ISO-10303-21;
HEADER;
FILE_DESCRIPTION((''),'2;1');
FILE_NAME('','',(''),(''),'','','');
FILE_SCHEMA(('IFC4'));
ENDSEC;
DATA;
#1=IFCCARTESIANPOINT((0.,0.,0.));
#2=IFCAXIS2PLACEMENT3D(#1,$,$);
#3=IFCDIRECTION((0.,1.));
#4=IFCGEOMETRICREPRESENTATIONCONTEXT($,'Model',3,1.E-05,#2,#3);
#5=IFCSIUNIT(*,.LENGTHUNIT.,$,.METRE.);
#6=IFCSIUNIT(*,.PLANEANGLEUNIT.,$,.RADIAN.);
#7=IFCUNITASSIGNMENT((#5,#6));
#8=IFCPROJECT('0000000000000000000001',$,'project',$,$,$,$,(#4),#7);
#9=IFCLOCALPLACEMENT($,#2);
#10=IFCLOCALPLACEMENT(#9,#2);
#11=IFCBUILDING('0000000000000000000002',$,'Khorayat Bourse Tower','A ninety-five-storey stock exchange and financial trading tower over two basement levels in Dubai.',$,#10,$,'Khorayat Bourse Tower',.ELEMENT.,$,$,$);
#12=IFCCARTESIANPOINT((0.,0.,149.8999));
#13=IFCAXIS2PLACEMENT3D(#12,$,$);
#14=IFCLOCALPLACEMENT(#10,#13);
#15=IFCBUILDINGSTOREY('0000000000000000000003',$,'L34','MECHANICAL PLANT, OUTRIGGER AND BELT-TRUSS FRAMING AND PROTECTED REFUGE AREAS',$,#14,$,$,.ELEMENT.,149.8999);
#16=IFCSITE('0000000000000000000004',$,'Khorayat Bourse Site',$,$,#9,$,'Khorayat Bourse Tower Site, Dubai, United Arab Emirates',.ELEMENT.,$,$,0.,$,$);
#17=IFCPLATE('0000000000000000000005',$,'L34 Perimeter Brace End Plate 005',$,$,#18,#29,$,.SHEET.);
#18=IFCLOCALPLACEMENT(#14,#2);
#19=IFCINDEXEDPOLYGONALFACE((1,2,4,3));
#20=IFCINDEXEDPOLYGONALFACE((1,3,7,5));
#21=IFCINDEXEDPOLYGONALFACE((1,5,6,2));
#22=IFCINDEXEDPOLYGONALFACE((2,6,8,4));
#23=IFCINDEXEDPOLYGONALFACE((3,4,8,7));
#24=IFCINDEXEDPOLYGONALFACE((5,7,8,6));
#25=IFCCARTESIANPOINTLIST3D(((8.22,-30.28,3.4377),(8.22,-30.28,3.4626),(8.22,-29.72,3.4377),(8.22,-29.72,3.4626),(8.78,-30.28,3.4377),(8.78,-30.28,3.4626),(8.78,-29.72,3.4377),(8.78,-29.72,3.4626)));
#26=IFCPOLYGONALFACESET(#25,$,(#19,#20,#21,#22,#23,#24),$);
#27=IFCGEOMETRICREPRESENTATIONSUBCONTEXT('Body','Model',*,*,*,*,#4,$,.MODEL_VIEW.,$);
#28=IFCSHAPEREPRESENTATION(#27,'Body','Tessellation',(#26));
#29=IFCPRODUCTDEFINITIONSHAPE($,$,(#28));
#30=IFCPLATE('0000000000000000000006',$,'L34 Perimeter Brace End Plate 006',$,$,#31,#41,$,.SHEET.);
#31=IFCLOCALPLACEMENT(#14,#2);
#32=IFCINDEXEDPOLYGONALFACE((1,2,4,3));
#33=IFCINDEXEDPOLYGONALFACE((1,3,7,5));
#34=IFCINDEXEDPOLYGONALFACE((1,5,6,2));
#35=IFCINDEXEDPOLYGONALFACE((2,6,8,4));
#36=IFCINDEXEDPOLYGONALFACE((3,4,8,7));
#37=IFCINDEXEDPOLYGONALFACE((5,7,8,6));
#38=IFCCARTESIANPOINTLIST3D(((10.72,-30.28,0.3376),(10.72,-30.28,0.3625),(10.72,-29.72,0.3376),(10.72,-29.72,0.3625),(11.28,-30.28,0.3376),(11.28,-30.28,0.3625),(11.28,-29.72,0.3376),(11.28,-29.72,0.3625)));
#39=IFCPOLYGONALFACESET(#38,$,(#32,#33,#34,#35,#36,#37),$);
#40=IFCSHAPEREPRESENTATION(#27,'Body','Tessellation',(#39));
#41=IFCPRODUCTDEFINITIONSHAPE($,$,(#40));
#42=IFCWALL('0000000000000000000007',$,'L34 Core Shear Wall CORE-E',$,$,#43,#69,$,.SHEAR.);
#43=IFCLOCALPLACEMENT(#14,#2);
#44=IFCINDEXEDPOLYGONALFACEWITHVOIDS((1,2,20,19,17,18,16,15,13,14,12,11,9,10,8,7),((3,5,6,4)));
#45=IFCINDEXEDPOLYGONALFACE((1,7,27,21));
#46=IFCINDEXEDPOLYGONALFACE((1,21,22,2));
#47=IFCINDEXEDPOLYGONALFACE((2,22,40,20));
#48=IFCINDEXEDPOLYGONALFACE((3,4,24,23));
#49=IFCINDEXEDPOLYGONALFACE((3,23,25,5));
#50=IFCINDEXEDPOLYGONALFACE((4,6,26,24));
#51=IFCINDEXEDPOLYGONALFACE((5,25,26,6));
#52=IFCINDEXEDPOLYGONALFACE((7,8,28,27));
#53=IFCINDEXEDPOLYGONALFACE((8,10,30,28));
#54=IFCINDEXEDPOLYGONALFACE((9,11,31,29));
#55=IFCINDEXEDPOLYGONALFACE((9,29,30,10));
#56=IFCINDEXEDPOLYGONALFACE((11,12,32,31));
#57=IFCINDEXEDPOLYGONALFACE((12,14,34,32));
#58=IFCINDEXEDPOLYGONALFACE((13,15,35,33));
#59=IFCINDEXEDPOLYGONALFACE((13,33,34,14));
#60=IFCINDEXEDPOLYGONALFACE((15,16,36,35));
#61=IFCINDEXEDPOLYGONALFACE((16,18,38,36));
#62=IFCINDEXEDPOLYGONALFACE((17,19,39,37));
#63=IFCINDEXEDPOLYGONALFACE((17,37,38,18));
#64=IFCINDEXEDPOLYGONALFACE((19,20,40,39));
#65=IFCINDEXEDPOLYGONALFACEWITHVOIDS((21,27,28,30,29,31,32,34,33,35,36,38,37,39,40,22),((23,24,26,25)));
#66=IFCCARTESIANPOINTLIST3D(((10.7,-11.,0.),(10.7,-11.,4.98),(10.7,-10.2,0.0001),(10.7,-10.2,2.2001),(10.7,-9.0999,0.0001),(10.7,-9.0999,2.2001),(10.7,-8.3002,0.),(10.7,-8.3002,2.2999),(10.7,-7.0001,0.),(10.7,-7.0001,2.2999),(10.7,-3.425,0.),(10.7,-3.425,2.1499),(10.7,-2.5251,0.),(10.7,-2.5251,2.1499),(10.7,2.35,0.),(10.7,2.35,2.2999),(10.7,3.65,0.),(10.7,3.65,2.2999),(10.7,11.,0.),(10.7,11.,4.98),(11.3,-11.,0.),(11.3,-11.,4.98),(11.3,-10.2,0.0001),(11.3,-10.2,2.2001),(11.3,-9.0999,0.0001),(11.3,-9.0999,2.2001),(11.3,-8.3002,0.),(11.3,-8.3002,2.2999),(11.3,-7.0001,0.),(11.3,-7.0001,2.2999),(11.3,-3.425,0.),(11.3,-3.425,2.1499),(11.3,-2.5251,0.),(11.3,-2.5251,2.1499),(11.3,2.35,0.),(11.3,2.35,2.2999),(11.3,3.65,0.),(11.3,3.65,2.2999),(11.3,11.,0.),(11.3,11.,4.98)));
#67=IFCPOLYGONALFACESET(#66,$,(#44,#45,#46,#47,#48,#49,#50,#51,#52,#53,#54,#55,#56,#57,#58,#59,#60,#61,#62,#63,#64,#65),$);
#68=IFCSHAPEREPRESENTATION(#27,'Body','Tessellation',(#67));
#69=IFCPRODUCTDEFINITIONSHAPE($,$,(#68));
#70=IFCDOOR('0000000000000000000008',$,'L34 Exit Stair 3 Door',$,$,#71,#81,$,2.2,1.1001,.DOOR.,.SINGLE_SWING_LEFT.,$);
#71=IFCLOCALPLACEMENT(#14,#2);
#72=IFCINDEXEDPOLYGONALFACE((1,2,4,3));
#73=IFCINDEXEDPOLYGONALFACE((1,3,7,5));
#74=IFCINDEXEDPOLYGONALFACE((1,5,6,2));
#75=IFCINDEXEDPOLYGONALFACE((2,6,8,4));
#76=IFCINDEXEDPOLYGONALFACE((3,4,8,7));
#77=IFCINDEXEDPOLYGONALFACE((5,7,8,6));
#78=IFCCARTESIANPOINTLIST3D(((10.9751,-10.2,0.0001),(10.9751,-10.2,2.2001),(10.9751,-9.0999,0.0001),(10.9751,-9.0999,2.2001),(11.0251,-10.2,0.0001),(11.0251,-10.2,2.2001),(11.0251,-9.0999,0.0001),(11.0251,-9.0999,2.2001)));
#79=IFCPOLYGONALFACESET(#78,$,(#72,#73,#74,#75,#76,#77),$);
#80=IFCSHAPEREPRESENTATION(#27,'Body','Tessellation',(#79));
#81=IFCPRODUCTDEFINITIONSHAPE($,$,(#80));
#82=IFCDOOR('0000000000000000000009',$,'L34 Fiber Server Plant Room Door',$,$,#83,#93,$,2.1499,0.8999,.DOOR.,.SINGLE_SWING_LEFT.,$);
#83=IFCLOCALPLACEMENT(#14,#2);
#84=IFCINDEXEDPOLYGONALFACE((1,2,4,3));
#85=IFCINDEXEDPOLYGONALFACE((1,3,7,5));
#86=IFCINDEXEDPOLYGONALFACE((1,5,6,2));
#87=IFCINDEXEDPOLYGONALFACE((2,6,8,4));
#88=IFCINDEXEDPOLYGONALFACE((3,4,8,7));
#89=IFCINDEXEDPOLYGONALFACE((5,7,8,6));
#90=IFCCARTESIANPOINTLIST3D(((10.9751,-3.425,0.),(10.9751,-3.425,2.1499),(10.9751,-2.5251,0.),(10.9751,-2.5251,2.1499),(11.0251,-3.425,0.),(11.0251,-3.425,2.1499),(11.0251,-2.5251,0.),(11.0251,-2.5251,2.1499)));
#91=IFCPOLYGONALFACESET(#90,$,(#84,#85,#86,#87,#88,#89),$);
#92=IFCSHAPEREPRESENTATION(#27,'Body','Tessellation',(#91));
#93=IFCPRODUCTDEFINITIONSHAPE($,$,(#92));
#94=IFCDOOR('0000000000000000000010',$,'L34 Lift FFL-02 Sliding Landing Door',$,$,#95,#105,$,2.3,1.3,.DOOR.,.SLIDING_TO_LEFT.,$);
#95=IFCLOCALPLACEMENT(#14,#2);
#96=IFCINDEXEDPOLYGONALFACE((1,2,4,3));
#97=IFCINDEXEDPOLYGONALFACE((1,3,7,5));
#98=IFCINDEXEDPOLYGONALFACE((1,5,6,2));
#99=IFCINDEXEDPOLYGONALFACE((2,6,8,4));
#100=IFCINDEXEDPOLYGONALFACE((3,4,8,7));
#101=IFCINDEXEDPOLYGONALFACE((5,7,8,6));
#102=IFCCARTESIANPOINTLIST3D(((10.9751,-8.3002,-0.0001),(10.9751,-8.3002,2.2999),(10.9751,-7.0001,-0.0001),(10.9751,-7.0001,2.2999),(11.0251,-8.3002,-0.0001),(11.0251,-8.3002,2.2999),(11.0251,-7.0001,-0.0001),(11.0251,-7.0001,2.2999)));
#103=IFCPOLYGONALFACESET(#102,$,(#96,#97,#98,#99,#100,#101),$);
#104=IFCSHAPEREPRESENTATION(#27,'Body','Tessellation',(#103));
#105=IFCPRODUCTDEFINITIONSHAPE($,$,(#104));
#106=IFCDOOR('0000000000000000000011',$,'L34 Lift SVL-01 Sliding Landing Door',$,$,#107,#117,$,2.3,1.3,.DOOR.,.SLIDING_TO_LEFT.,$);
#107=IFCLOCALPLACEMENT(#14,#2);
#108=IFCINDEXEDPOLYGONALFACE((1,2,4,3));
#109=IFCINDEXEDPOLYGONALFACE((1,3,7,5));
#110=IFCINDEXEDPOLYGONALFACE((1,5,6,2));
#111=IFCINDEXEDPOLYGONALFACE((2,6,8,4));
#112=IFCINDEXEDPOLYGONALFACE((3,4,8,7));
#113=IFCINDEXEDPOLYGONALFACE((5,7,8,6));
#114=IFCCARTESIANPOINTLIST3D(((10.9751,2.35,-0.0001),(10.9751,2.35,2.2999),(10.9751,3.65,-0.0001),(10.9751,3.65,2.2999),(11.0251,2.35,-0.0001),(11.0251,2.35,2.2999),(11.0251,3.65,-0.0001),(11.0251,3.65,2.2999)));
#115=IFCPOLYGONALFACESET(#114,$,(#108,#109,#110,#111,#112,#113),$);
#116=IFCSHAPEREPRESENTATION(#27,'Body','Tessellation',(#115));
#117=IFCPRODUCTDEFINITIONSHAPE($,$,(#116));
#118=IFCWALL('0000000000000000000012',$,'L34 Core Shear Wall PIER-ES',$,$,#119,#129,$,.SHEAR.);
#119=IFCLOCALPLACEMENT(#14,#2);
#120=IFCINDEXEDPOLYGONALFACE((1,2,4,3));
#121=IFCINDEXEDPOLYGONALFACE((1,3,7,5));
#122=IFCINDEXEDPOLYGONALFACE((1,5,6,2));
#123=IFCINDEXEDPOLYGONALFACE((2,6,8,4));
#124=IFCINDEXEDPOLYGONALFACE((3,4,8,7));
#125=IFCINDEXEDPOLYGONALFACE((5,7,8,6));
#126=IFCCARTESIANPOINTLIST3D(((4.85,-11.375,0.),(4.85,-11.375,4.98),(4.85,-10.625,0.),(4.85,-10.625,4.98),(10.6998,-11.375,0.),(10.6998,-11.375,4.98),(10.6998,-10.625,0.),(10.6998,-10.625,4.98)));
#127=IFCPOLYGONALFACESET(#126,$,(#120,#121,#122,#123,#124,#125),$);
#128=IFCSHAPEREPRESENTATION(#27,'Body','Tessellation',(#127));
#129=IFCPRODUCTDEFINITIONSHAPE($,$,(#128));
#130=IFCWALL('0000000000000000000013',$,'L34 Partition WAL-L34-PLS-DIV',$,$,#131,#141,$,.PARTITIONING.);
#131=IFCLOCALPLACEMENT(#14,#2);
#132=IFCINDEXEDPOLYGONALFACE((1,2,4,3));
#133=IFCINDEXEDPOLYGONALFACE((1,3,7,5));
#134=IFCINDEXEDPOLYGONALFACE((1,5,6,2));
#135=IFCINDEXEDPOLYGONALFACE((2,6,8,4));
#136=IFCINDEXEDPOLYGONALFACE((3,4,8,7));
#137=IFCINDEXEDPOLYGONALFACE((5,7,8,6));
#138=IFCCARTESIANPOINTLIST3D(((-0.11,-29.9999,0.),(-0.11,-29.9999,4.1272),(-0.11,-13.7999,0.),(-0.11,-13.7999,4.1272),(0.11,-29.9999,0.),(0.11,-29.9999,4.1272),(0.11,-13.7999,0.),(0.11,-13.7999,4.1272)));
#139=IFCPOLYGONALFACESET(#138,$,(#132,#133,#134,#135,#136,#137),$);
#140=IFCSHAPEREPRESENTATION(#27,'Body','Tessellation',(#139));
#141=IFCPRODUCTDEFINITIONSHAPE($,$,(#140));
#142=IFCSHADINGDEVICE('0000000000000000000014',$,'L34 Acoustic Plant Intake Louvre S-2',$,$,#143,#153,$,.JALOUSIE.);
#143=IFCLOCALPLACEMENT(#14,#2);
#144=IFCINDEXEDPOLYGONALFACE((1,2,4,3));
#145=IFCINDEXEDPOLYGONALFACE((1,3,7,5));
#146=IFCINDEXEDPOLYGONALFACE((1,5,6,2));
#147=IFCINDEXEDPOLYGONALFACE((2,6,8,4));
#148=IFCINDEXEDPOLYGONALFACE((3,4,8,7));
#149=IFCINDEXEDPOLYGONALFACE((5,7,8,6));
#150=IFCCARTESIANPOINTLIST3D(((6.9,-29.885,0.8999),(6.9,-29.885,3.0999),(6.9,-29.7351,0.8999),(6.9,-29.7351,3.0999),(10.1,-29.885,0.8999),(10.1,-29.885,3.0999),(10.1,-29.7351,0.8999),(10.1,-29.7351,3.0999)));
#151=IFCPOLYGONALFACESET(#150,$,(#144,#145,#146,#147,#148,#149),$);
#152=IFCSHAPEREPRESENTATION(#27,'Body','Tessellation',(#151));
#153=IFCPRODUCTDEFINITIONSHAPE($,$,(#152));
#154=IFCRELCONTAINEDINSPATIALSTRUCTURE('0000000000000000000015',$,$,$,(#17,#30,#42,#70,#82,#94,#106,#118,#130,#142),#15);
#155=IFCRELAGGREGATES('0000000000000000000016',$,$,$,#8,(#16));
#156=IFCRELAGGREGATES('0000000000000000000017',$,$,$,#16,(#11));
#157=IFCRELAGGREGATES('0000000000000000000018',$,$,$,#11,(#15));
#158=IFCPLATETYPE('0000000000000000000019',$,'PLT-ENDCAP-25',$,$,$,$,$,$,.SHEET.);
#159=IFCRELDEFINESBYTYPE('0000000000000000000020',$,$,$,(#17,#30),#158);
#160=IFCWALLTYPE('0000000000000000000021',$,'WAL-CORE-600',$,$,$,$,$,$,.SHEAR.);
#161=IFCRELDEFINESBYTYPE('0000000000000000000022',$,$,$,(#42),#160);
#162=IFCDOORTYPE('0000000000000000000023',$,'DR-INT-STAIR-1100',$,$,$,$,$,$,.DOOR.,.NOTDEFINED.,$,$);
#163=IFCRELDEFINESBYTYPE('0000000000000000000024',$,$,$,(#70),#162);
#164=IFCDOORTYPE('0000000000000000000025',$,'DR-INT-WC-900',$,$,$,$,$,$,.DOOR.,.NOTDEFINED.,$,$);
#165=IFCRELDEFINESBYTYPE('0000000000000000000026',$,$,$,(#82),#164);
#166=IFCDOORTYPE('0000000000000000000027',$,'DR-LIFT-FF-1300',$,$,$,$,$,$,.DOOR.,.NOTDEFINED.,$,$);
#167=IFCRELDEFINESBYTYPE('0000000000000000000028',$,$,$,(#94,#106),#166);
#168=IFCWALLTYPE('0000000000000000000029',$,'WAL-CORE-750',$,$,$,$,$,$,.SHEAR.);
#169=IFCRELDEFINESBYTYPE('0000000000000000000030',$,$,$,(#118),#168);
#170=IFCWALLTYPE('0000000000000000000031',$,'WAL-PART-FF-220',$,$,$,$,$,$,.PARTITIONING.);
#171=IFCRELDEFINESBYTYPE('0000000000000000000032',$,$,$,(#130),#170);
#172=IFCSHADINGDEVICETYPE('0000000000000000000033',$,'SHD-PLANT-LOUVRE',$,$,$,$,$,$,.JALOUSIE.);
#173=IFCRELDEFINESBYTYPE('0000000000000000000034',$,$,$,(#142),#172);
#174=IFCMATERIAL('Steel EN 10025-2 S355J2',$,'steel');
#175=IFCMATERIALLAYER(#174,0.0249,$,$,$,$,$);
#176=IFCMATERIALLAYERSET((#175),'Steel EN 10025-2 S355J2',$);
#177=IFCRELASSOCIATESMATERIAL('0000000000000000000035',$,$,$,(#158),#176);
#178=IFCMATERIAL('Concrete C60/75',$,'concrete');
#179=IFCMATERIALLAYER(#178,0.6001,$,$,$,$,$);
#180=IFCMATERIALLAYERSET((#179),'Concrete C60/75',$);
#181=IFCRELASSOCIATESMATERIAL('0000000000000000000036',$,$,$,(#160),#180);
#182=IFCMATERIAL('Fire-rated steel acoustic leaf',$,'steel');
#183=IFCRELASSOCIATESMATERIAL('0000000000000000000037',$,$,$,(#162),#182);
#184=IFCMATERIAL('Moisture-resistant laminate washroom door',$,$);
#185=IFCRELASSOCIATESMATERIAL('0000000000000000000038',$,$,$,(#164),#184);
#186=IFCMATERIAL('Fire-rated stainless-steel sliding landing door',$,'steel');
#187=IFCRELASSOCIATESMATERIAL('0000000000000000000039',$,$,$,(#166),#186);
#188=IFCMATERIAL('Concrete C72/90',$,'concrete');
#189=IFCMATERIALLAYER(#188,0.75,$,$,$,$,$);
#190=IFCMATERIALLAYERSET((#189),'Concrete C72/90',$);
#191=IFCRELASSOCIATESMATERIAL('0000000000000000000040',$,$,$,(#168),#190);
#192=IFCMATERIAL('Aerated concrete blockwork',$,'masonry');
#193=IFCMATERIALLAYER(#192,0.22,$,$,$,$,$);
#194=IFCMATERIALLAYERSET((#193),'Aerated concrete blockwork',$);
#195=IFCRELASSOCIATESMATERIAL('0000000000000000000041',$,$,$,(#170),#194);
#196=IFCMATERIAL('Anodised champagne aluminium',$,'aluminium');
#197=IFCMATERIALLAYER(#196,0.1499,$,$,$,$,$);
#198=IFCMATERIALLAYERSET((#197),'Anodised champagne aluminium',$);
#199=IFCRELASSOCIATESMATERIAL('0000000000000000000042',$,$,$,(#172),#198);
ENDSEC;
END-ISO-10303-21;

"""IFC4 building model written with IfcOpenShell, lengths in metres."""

from ifc_helpers import new_model, si_unit, direction, frame, frame_2d, origin, origin_2d, place, context, subcontext, project, spatial, rectangle, extrude, source, transform, mapped, material, layer, layer_set, type_object, element, fill, save


model = new_model("IFC4")

# Units and contexts
model_context = context("Model", 3, precision=1e-05, world=origin(), true_north=direction((0.0, 1.0)))
body_context = subcontext(model_context, "Body", "Model", "MODEL_VIEW")
ifc_project = project(units=[si_unit("LENGTHUNIT", "METRE"), si_unit("PLANEANGLEUNIT", "RADIAN")], contexts=[model_context])

# Site, building, storey
site_placement = place(None, origin())
site = spatial("IfcSite", under=ifc_project, at=site_placement, Name="Khorayat Bourse Site", LongName="Khorayat Bourse Tower Site, Dubai, United Arab Emirates", CompositionType="ELEMENT", RefElevation=0.0)
building_placement = place(site_placement, origin())
building = spatial("IfcBuilding", under=site, at=building_placement, Name="Khorayat Bourse Tower", Description="A ninety-five-storey stock exchange and financial trading tower over two basement levels in Dubai.", LongName="Khorayat Bourse Tower", CompositionType="ELEMENT")
storey_placement = place(building_placement, frame((0.0, 0.0, 149.8999)))
storey = spatial("IfcBuildingStorey", under=building, at=storey_placement, Name="L34", Description="MECHANICAL PLANT, OUTRIGGER AND BELT-TRUSS FRAMING AND PROTECTED REFUGE AREAS", CompositionType="ELEMENT", Elevation=149.8999)

# Shared definitions
ifc_material_1 = material(Name="Concrete C60/75", Category="concrete")

# Shared definitions
ifc_material_2 = material(Name="Concrete C72/90", Category="concrete")

# Plates
ifc_material_3 = material(Name="Steel EN 10025-2 S355J2", Category="steel")
ifc_layer_1 = layer(ifc_material_3, 0.0249)
ifc_layer_set_1 = layer_set([ifc_layer_1], Name="Steel EN 10025-2 S355J2")
plate_type = type_object("IfcPlateType", Name="PLT-ENDCAP-25", PredefinedType="SHEET", material=ifc_layer_set_1)
shared_shape_1 = source(origin(), body_context, "Body", "SweptSolid", [
    extrude(rectangle(XDim=0.5601, YDim=0.5601, at=origin_2d()), origin(), (0.0, 0.0, 1.0), 0.0249),
])
for number, where, z_axis, x_axis, name in (
    (1, (8.5, -30.0, 3.4377), (0.0, 0.0, 1.0), (1.0, 0.0, 0.0), "L34 Perimeter Brace End Plate 005"),
    (2, (11.0, -30.0, 0.3376), (0.0, 0.0, 1.0), (1.0, 0.0, 0.0), "L34 Perimeter Brace End Plate 006"),
):
    element("IfcPlate", number, at=place(storey_placement, frame(where, z_axis=z_axis, x_axis=x_axis)), inside=storey, type_object=plate_type, Name=name, PredefinedType="SHEET", context=body_context, shape_type="MappedRepresentation", body=[
        mapped(shared_shape_1, transform((0.0, 0.0, 0.0), scale=1.0)),
    ])

# Wall, openings, doors
ifc_layer_2 = layer(ifc_material_1, 0.6001)
ifc_layer_set_2 = layer_set([ifc_layer_2], Name="Concrete C60/75")
wall_type_1 = type_object("IfcWallType", Name="WAL-CORE-600", PredefinedType="SHEAR", material=ifc_layer_set_2)
shared_shape_2 = source(origin(), body_context, "Body", "SweptSolid", [
    extrude(rectangle(XDim=22.0, YDim=0.6001, at=frame_2d((11.0, 0.0))), origin(), (0.0, 0.0, 1.0), 4.98),
])
wall_1_placement = place(storey_placement, frame((11.0, -11.0, 0.0), z_axis=(0.0, 0.0, 1.0), x_axis=(0.0, 1.0, 0.0)))
wall_1 = element("IfcWall", 3, at=wall_1_placement, inside=storey, type_object=wall_type_1, Name="L34 Core Shear Wall CORE-E", PredefinedType="SHEAR", context=body_context, shape_type="MappedRepresentation", body=[
    mapped(shared_shape_2, transform((0.0, 0.0, 0.0), scale=1.0)),
])
shared_shape_3 = source(origin(), body_context, "Body", "SweptSolid", [
    extrude(rectangle(XDim=1.1001, YDim=2.2, at=frame_2d((0.55, 1.1001))), frame((0.0, 0.3101, 0.0), z_axis=(0.0, -1.0, 0.0), x_axis=(1.0, 0.0, 0.0)), (0.0, 0.0, 1.0), 0.6201),
])
opening_1_placement = place(wall_1_placement, frame((0.8, 0.0, 0.0)))
opening_1 = element("IfcOpeningElement", 4, at=opening_1_placement, cuts=wall_1, PredefinedType="OPENING", context=body_context, shape_type="MappedRepresentation", body=[
    mapped(shared_shape_3, transform((0.0, 0.0, 0.0), scale=1.0)),
])
shared_shape_4 = source(origin(), body_context, "Body", "SweptSolid", [
    extrude(rectangle(XDim=0.8999, YDim=2.1499, at=frame_2d((0.45, 1.075))), frame((0.0, 0.3101, 0.0), z_axis=(0.0, -1.0, 0.0), x_axis=(1.0, 0.0, 0.0)), (0.0, 0.0, 1.0), 0.6201),
])
opening_2_placement = place(wall_1_placement, frame((7.575, 0.0, 0.0)))
opening_2 = element("IfcOpeningElement", 5, at=opening_2_placement, cuts=wall_1, PredefinedType="OPENING", context=body_context, shape_type="MappedRepresentation", body=[
    mapped(shared_shape_4, transform((0.0, 0.0, 0.0), scale=1.0)),
])
shared_shape_5 = source(origin(), body_context, "Body", "SweptSolid", [
    extrude(rectangle(XDim=1.3, YDim=2.3, at=frame_2d((0.6499, 1.1499))), frame((0.0, 0.3101, 0.0), z_axis=(0.0, -1.0, 0.0), x_axis=(1.0, 0.0, 0.0)), (0.0, 0.0, 1.0), 0.6201),
])
opening_3_placement = place(wall_1_placement, frame((2.7, 0.0, 0.0)))
opening_3 = element("IfcOpeningElement", 6, at=opening_3_placement, cuts=wall_1, PredefinedType="OPENING", context=body_context, shape_type="MappedRepresentation", body=[
    mapped(shared_shape_5, transform((0.0, 0.0, 0.0), scale=1.0)),
])
opening_4_placement = place(wall_1_placement, frame((13.3501, 0.0, 0.0)))
opening_4 = element("IfcOpeningElement", 7, at=opening_4_placement, cuts=wall_1, PredefinedType="OPENING", context=body_context, shape_type="MappedRepresentation", body=[
    mapped(shared_shape_5, transform((0.0, 0.0, 0.0), scale=1.0)),
])
ifc_material_4 = material(Name="Fire-rated steel acoustic leaf", Category="steel")
door_type_1 = type_object("IfcDoorType", Name="DR-INT-STAIR-1100", OperationType="NOTDEFINED", PredefinedType="DOOR", material=ifc_material_4)
shared_shape_6 = source(origin(), body_context, "Body", "SweptSolid", [
    extrude(rectangle(XDim=1.1001, YDim=2.2, at=frame_2d((0.55, 1.1001))), frame((0.0, 0.0249, 0.0), z_axis=(0.0, -1.0, 0.0), x_axis=(1.0, 0.0, 0.0)), (0.0, 0.0, 1.0), 0.05),
])
door_1_placement = place(opening_1_placement, origin())
door_1 = element("IfcDoor", 8, at=door_1_placement, inside=storey, type_object=door_type_1, Name="L34 Exit Stair 3 Door", OperationType="SINGLE_SWING_LEFT", OverallHeight=2.2, OverallWidth=1.1001, PredefinedType="DOOR", context=body_context, shape_type="MappedRepresentation", body=[
    mapped(shared_shape_6, transform((0.0, 0.0, 0.0), scale=1.0)),
])
fill(opening_1, door_1)
ifc_material_5 = material(Name="Moisture-resistant laminate washroom door")
door_type_2 = type_object("IfcDoorType", Name="DR-INT-WC-900", OperationType="NOTDEFINED", PredefinedType="DOOR", material=ifc_material_5)
shared_shape_7 = source(origin(), body_context, "Body", "SweptSolid", [
    extrude(rectangle(XDim=0.8999, YDim=2.1499, at=frame_2d((0.45, 1.075))), frame((0.0, 0.0249, 0.0), z_axis=(0.0, -1.0, 0.0), x_axis=(1.0, 0.0, 0.0)), (0.0, 0.0, 1.0), 0.05),
])
door_2_placement = place(opening_2_placement, origin())
door_2 = element("IfcDoor", 9, at=door_2_placement, inside=storey, type_object=door_type_2, Name="L34 Fiber Server Plant Room Door", OperationType="SINGLE_SWING_LEFT", OverallHeight=2.1499, OverallWidth=0.8999, PredefinedType="DOOR", context=body_context, shape_type="MappedRepresentation", body=[
    mapped(shared_shape_7, transform((0.0, 0.0, 0.0), scale=1.0)),
])
fill(opening_2, door_2)
ifc_material_6 = material(Name="Fire-rated stainless-steel sliding landing door", Category="steel")
door_type_3 = type_object("IfcDoorType", Name="DR-LIFT-FF-1300", OperationType="NOTDEFINED", PredefinedType="DOOR", material=ifc_material_6)
shared_shape_8 = source(origin(), body_context, "Body", "SweptSolid", [
    extrude(rectangle(XDim=1.3, YDim=2.3, at=frame_2d((0.6499, 1.1499))), frame((0.0, 0.0249, 0.0), z_axis=(0.0, -1.0, 0.0), x_axis=(1.0, 0.0, 0.0)), (0.0, 0.0, 1.0), 0.05),
])
door_3_placement = place(opening_3_placement, origin())
door_3 = element("IfcDoor", 10, at=door_3_placement, inside=storey, type_object=door_type_3, Name="L34 Lift FFL-02 Sliding Landing Door", OperationType="SLIDING_TO_LEFT", OverallHeight=2.3, OverallWidth=1.3, PredefinedType="DOOR", context=body_context, shape_type="MappedRepresentation", body=[
    mapped(shared_shape_8, transform((0.0, 0.0, 0.0), scale=1.0)),
])
fill(opening_3, door_3)
door_4_placement = place(opening_4_placement, origin())
door_4 = element("IfcDoor", 11, at=door_4_placement, inside=storey, type_object=door_type_3, Name="L34 Lift SVL-01 Sliding Landing Door", OperationType="SLIDING_TO_LEFT", OverallHeight=2.3, OverallWidth=1.3, PredefinedType="DOOR", context=body_context, shape_type="MappedRepresentation", body=[
    mapped(shared_shape_8, transform((0.0, 0.0, 0.0), scale=1.0)),
])
fill(opening_4, door_4)

# Walls
ifc_layer_3 = layer(ifc_material_2, 0.75)
ifc_layer_set_3 = layer_set([ifc_layer_3], Name="Concrete C72/90")
wall_type_2 = type_object("IfcWallType", Name="WAL-CORE-750", PredefinedType="SHEAR", material=ifc_layer_set_3)
shared_shape_9 = source(origin(), body_context, "Body", "SweptSolid", [
    extrude(rectangle(XDim=5.8499, YDim=0.75, at=frame_2d((2.9248, 0.0))), origin(), (0.0, 0.0, 1.0), 4.98),
])
wall_2_placement = place(storey_placement, frame((4.8501, -11.0, 0.0), z_axis=(0.0, 0.0, 1.0), x_axis=(1.0, 0.0, 0.0)))
element("IfcWall", 12, at=wall_2_placement, inside=storey, type_object=wall_type_2, Name="L34 Core Shear Wall PIER-ES", PredefinedType="SHEAR", context=body_context, shape_type="MappedRepresentation", body=[
    mapped(shared_shape_9, transform((0.0, 0.0, 0.0), scale=1.0)),
])
ifc_material_7 = material(Name="Aerated concrete blockwork", Category="masonry")
ifc_layer_4 = layer(ifc_material_7, 0.22)
ifc_layer_set_4 = layer_set([ifc_layer_4], Name="Aerated concrete blockwork")
wall_type_3 = type_object("IfcWallType", Name="WAL-PART-FF-220", PredefinedType="PARTITIONING", material=ifc_layer_set_4)
shared_shape_10 = source(origin(), body_context, "Body", "SweptSolid", [
    extrude(rectangle(XDim=16.2, YDim=0.22, at=frame_2d((8.1001, 0.0))), origin(), (0.0, 0.0, 1.0), 4.1272),
])
wall_3_placement = place(storey_placement, frame((0.0, -30.0, 0.0), z_axis=(0.0, 0.0, 1.0), x_axis=(0.0, 1.0, 0.0)))
element("IfcWall", 13, at=wall_3_placement, inside=storey, type_object=wall_type_3, Name="L34 Partition WAL-L34-PLS-DIV", PredefinedType="PARTITIONING", context=body_context, shape_type="MappedRepresentation", body=[
    mapped(shared_shape_10, transform((0.0, 0.0, 0.0), scale=1.0)),
])

# Shading device
ifc_material_8 = material(Name="Anodised champagne aluminium", Category="aluminium")
ifc_layer_5 = layer(ifc_material_8, 0.1499)
ifc_layer_set_5 = layer_set([ifc_layer_5], Name="Anodised champagne aluminium")
shading_device_type = type_object("IfcShadingDeviceType", Name="SHD-PLANT-LOUVRE", PredefinedType="JALOUSIE", material=ifc_layer_set_5)
shared_shape_11 = source(origin(), body_context, "Body", "SweptSolid", [
    extrude(rectangle(XDim=3.2, YDim=0.1499, at=origin_2d()), origin(), (0.0, 0.0, 1.0), 2.2),
])
shading_device_placement = place(storey_placement, frame((8.5, -29.8101, 0.8999), z_axis=(0.0, 0.0, 1.0), x_axis=(1.0, 0.0, 0.0)))
element("IfcShadingDevice", 14, at=shading_device_placement, inside=storey, type_object=shading_device_type, Name="L34 Acoustic Plant Intake Louvre S-2", PredefinedType="JALOUSIE", context=body_context, shape_type="MappedRepresentation", body=[
    mapped(shared_shape_11, transform((0.0, 0.0, 0.0), scale=1.0)),
])

save(model, "model.ifc")
